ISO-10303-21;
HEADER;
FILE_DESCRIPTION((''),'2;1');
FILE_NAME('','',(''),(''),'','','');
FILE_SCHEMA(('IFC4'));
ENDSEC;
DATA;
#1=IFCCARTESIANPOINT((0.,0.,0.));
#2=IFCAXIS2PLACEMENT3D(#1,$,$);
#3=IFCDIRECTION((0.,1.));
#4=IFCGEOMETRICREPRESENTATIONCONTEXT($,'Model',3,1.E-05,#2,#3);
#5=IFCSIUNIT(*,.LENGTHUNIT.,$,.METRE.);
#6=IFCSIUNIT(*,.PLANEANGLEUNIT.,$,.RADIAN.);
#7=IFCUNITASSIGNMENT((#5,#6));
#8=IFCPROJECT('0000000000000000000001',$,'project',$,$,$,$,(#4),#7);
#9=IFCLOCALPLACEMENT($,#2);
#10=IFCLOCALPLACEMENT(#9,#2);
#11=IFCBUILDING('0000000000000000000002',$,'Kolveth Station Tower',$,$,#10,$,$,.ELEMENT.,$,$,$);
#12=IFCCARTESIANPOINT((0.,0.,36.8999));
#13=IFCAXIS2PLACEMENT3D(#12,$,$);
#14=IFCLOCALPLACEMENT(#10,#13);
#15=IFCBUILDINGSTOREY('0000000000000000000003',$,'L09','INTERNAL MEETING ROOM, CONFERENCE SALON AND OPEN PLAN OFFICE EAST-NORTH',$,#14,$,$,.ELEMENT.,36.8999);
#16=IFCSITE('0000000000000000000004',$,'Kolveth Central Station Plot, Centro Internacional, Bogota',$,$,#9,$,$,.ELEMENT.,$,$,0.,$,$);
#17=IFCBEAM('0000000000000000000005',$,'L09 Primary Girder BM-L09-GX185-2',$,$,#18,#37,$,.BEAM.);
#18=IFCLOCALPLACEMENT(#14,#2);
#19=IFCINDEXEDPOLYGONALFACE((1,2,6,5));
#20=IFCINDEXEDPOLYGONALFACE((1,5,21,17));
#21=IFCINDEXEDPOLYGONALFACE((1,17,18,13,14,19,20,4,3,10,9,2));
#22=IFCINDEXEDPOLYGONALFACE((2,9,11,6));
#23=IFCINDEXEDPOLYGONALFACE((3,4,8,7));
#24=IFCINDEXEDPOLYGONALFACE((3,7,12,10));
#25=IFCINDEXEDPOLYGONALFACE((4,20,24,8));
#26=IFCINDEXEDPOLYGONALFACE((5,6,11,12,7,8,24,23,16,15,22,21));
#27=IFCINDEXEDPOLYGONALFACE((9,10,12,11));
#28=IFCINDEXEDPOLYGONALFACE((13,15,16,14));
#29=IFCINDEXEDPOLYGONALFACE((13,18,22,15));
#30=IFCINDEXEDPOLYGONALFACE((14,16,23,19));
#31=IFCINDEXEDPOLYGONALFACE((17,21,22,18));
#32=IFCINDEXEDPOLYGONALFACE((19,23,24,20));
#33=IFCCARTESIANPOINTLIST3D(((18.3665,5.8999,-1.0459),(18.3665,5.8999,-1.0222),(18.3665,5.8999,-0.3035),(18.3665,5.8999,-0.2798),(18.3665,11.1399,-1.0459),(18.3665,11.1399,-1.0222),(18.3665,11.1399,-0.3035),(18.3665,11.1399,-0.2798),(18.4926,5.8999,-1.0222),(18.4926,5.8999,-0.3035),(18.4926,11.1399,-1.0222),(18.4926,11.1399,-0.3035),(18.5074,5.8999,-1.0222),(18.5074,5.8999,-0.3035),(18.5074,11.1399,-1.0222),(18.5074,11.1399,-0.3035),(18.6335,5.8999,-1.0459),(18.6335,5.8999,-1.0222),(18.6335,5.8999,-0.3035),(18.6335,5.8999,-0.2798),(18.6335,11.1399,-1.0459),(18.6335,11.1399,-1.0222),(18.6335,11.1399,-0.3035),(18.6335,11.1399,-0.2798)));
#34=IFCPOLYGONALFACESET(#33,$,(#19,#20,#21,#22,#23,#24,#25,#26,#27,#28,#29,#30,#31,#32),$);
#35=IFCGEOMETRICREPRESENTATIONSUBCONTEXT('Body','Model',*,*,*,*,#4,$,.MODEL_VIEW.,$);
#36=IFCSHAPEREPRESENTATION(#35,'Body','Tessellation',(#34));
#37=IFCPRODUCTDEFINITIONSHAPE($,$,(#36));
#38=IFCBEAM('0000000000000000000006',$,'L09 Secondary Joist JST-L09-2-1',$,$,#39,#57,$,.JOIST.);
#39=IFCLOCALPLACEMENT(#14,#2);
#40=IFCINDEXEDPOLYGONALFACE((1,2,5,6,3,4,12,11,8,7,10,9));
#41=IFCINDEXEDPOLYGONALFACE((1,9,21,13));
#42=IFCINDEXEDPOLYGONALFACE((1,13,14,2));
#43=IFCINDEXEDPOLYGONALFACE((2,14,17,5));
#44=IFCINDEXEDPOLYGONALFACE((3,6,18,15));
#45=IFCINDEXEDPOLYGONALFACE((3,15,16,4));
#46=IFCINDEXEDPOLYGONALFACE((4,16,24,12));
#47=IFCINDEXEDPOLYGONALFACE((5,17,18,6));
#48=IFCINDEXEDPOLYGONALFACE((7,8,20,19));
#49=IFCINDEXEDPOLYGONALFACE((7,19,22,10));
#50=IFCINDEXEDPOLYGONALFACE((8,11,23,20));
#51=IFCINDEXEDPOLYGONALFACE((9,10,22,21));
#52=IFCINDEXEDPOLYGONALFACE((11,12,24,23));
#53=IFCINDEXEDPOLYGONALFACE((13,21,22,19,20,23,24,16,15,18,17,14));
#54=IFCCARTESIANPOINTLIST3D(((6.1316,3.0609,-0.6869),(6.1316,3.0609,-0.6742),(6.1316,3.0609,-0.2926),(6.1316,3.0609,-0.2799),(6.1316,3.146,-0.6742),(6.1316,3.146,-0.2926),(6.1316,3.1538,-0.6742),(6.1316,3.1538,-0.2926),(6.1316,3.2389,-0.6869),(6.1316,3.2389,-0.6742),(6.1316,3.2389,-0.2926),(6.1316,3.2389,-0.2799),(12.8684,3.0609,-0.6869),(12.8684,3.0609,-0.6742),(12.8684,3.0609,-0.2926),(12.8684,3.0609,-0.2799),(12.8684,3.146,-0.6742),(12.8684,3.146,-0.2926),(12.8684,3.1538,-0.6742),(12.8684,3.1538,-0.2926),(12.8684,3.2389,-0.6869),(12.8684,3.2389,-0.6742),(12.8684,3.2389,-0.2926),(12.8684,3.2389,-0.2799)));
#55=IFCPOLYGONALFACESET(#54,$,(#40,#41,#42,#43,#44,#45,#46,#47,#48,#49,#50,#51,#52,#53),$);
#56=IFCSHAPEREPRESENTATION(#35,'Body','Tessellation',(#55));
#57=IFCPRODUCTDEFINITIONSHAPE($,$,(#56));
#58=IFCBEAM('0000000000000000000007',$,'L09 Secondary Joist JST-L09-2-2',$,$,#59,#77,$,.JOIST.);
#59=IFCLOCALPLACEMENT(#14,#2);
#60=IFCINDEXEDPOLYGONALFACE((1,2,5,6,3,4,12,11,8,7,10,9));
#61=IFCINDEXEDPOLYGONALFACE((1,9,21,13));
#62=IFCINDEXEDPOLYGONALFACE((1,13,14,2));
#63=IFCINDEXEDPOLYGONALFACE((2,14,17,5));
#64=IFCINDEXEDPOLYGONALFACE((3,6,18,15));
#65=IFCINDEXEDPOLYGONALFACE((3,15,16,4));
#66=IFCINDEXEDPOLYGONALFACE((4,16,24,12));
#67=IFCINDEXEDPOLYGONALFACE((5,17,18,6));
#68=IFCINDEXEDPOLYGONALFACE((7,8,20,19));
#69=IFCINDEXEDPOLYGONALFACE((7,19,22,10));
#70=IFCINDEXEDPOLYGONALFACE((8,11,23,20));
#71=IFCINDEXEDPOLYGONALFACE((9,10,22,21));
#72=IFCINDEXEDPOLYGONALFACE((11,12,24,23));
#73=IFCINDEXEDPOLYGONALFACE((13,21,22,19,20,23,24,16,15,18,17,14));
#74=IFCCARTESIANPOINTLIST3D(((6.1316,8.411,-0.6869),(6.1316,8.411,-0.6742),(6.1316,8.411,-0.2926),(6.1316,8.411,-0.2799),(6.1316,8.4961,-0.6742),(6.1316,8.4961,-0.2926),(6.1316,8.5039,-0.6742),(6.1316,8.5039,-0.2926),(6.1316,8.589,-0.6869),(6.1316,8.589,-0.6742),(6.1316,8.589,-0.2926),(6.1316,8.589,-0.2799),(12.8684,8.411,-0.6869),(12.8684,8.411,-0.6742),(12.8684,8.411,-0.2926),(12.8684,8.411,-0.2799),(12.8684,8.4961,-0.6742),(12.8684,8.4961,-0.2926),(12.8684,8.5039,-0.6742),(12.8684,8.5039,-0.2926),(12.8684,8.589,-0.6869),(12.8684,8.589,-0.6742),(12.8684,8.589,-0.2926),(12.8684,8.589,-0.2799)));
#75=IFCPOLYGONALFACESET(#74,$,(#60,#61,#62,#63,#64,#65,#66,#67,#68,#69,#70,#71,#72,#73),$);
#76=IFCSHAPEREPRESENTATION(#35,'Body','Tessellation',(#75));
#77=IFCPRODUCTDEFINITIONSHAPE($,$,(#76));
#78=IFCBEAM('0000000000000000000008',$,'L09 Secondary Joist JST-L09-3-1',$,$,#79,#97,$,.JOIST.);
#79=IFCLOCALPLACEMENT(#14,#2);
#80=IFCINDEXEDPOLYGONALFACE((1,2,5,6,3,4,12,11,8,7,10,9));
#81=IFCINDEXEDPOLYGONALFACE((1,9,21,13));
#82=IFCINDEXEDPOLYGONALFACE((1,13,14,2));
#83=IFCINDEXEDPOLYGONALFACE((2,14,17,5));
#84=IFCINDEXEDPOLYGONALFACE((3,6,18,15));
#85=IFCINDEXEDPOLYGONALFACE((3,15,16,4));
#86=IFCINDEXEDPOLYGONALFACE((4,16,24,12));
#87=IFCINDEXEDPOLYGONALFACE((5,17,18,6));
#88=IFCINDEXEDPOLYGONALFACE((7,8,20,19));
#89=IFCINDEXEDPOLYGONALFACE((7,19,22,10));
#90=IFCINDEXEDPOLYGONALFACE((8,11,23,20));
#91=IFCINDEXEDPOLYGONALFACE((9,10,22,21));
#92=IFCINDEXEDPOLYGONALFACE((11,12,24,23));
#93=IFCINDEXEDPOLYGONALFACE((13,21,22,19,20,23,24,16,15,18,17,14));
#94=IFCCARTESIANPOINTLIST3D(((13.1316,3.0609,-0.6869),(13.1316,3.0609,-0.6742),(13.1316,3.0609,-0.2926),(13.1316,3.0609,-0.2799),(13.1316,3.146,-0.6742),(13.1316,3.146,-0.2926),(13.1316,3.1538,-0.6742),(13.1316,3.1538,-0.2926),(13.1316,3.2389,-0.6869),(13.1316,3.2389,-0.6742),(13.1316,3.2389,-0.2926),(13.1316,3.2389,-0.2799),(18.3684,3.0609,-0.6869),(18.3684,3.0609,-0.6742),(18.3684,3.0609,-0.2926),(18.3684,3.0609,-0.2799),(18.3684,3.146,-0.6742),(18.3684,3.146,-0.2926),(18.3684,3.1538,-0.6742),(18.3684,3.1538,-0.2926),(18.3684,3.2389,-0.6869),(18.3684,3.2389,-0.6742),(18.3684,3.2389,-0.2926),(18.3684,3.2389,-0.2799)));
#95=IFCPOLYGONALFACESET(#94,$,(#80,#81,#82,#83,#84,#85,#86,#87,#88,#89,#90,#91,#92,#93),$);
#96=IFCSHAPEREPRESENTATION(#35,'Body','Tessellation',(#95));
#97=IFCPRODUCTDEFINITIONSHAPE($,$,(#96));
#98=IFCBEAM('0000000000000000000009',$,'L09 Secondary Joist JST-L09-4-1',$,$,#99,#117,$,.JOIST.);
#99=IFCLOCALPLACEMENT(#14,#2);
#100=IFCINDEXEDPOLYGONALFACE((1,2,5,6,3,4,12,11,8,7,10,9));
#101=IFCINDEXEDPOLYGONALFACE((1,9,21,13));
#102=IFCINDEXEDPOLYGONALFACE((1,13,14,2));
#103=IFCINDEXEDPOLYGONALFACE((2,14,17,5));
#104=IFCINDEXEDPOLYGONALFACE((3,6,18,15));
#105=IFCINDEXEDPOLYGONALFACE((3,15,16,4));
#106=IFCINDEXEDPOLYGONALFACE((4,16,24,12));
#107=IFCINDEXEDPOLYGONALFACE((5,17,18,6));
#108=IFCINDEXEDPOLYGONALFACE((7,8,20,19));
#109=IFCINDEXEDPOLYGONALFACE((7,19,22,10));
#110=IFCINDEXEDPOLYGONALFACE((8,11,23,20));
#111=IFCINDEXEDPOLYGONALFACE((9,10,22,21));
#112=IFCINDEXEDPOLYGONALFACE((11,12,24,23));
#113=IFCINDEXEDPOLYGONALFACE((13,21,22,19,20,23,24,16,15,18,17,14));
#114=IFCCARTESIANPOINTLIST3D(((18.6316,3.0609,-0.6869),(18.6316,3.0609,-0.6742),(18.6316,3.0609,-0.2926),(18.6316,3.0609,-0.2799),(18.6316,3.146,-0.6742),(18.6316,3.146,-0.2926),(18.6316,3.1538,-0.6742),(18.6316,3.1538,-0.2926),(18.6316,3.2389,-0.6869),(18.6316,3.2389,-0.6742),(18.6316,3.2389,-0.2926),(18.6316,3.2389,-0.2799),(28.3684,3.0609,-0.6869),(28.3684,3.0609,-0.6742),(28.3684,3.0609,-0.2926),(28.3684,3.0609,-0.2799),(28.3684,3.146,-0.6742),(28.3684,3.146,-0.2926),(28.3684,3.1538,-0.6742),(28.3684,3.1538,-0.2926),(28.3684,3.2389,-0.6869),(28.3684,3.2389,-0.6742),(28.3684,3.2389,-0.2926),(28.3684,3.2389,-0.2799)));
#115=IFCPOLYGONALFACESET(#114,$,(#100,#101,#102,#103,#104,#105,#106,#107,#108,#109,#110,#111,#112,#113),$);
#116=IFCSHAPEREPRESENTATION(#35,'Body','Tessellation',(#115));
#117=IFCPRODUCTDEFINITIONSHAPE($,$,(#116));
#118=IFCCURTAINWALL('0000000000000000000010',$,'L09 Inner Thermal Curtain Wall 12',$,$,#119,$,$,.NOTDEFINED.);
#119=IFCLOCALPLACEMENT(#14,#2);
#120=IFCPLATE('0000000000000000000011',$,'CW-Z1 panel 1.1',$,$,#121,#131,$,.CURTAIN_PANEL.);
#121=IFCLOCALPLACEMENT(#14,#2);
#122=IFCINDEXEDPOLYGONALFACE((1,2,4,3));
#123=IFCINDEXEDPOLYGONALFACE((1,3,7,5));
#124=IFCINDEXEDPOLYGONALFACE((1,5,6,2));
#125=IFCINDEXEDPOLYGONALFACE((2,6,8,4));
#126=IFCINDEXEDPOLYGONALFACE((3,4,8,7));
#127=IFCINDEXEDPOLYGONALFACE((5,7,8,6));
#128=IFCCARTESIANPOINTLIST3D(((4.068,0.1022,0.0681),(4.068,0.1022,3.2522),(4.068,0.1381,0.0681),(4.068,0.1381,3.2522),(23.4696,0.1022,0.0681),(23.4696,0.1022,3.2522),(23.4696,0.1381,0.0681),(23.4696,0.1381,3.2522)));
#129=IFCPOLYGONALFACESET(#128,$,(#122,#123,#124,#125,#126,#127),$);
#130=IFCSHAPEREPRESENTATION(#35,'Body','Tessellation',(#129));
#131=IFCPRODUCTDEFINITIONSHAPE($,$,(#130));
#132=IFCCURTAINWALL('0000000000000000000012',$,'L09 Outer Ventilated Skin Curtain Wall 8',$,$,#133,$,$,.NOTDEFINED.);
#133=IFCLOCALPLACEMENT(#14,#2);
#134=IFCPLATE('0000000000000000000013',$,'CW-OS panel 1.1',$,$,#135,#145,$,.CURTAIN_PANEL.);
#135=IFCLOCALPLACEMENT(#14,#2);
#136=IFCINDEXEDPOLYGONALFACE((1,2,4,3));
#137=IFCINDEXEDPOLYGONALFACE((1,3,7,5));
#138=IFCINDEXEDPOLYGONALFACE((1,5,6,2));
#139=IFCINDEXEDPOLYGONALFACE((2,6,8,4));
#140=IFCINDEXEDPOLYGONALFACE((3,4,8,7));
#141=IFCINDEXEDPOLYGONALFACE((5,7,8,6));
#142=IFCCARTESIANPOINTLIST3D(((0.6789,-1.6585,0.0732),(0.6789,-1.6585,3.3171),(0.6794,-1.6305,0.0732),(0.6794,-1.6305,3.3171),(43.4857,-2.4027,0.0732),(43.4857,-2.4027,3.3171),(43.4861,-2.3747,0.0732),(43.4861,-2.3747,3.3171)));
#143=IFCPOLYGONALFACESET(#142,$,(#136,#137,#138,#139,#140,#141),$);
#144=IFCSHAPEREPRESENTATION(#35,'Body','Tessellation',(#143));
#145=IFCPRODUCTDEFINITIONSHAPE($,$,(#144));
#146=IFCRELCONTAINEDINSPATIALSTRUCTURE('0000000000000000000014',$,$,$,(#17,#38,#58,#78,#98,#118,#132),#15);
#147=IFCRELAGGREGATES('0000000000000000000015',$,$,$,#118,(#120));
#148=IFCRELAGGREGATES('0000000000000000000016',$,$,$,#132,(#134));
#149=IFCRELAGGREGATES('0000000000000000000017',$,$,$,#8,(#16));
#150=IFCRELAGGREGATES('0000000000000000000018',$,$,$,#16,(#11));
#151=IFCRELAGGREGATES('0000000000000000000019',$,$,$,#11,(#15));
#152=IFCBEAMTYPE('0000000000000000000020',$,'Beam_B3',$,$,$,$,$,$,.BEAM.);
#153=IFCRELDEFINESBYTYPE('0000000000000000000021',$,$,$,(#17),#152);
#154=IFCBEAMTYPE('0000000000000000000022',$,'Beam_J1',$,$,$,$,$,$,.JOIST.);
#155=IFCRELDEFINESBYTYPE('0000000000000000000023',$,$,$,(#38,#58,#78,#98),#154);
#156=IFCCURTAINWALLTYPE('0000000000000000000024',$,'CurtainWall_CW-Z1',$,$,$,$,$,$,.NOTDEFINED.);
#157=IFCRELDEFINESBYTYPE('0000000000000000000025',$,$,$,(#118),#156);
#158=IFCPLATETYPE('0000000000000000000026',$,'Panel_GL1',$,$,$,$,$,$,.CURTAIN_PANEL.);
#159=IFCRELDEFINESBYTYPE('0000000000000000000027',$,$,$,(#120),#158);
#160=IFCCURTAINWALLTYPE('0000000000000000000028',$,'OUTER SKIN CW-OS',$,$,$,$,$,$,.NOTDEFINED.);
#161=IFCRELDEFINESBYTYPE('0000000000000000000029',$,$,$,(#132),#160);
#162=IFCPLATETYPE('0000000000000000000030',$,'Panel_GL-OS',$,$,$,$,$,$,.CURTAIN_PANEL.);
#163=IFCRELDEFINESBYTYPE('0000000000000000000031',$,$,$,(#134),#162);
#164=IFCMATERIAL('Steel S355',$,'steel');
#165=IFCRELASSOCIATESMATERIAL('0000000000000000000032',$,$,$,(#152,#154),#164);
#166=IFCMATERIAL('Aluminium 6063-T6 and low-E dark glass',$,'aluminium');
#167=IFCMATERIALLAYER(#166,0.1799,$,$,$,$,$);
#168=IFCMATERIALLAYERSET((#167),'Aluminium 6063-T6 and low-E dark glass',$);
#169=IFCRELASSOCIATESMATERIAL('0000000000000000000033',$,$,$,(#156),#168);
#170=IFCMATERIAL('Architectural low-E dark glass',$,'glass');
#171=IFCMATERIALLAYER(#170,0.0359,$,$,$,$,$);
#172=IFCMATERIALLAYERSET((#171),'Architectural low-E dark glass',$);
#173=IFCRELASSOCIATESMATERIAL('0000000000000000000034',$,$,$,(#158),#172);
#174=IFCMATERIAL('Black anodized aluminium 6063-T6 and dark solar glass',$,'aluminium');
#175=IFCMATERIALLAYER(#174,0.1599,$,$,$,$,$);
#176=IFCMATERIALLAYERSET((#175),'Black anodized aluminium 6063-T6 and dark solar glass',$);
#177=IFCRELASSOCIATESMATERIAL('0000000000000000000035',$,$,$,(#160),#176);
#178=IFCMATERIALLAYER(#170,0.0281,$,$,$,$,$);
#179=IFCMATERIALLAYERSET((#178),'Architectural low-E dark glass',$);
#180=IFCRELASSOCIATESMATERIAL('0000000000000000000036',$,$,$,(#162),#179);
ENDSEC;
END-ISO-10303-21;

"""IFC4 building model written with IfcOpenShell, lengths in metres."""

from ifc_helpers import new_model, si_unit, direction, frame, origin, origin_2d, place, context, subcontext, project, spatial, rectangle, i_section, extrude, source, transform, mapped, material, layer, layer_set, material_profile, profile_set, type_object, element, aggregate, save


model = new_model("IFC4")

# Units and contexts
model_context = context("Model", 3, precision=1e-05, world=origin(), true_north=direction((0.0, 1.0)))
body_context = subcontext(model_context, "Body", "Model", "MODEL_VIEW")
ifc_project = project(units=[si_unit("LENGTHUNIT", "METRE"), si_unit("PLANEANGLEUNIT", "RADIAN")], contexts=[model_context])

# Site, building, storey
site_placement = place(None, origin())
site = spatial("IfcSite", under=ifc_project, at=site_placement, Name="Kolveth Central Station Plot, Centro Internacional, Bogota", CompositionType="ELEMENT", RefElevation=0.0)
building_placement = place(site_placement, origin())
building = spatial("IfcBuilding", under=site, at=building_placement, Name="Kolveth Station Tower", CompositionType="ELEMENT")
storey_placement = place(building_placement, frame((0.0, 0.0, 36.8999)))
storey = spatial("IfcBuildingStorey", under=building, at=storey_placement, Name="L09", Description="INTERNAL MEETING ROOM, CONFERENCE SALON AND OPEN PLAN OFFICE EAST-NORTH", CompositionType="ELEMENT", Elevation=36.8999)

# Shared definitions
ifc_material_1 = material(Name="Steel S355", Category="steel")

# Beams
ifc_material_profile_1 = material_profile(ifc_material_1, i_section(OverallWidth=0.2671, OverallDepth=0.7661, WebThickness=0.0149, FlangeThickness=0.0237, at=origin_2d()), Name="W760x185")
ifc_profile_set_1 = profile_set([ifc_material_profile_1], Name="Steel S355")
beam_type_1 = type_object("IfcBeamType", Name="Beam_B3", PredefinedType="BEAM", material=ifc_profile_set_1)
shared_shape_1 = source(origin(), body_context, "Body", "SweptSolid", [
    extrude(i_section(OverallWidth=0.2671, OverallDepth=0.7661, WebThickness=0.0149, FlangeThickness=0.0237, at=origin_2d()), origin(), (0.0, 0.0, 1.0), 5.24),
])
beam_1_placement = place(storey_placement, frame((18.5, 5.8999, -0.6628), z_axis=(0.0, 1.0, 0.0), x_axis=(-1.0, 0.0, 0.0)))
element("IfcBeam", 1, at=beam_1_placement, inside=storey, type_object=beam_type_1, Name="L09 Primary Girder BM-L09-GX185-2", PredefinedType="BEAM", context=body_context, shape_type="MappedRepresentation", body=[
    mapped(shared_shape_1, transform((0.0, 0.0, 0.0), x_axis=(1.0, 0.0, 0.0), y_axis=(0.0, 1.0, 0.0), z_axis=(0.0, 0.0, 1.0), scale=1.0)),
])
ifc_material_profile_2 = material_profile(ifc_material_1, i_section(OverallWidth=0.178, OverallDepth=0.407, WebThickness=0.0078, FlangeThickness=0.0127, at=origin_2d()), Name="W410x60")
ifc_profile_set_2 = profile_set([ifc_material_profile_2], Name="Steel S355")
beam_type_2 = type_object("IfcBeamType", Name="Beam_J1", PredefinedType="JOIST", material=ifc_profile_set_2)
shared_shape_2 = source(origin(), body_context, "Body", "SweptSolid", [
    extrude(i_section(OverallWidth=0.178, OverallDepth=0.407, WebThickness=0.0078, FlangeThickness=0.0127, at=origin_2d()), origin(), (0.0, 0.0, 1.0), 6.7368),
])
for number, where, z_axis, x_axis, name in (
    (2, (6.1316, 3.1499, -0.4834), (1.0, 0.0, 0.0), (0.0, 1.0, 0.0), "L09 Secondary Joist JST-L09-2-1"),
    (3, (6.1316, 8.5, -0.4834), (1.0, 0.0, 0.0), (0.0, 1.0, 0.0), "L09 Secondary Joist JST-L09-2-2"),
):
    element("IfcBeam", number, at=place(storey_placement, frame(where, z_axis=z_axis, x_axis=x_axis)), inside=storey, type_object=beam_type_2, Name=name, PredefinedType="JOIST", context=body_context, shape_type="MappedRepresentation", body=[
        mapped(shared_shape_2, transform((0.0, 0.0, 0.0), x_axis=(1.0, 0.0, 0.0), y_axis=(0.0, 1.0, 0.0), z_axis=(0.0, 0.0, 1.0), scale=1.0)),
    ])
shared_shape_3 = source(origin(), body_context, "Body", "SweptSolid", [
    extrude(i_section(OverallWidth=0.178, OverallDepth=0.407, WebThickness=0.0078, FlangeThickness=0.0127, at=origin_2d()), origin(), (0.0, 0.0, 1.0), 5.2368),
])
beam_2_placement = place(storey_placement, frame((13.1316, 3.1499, -0.4834), z_axis=(1.0, 0.0, 0.0), x_axis=(0.0, 1.0, 0.0)))
element("IfcBeam", 4, at=beam_2_placement, inside=storey, type_object=beam_type_2, Name="L09 Secondary Joist JST-L09-3-1", PredefinedType="JOIST", context=body_context, shape_type="MappedRepresentation", body=[
    mapped(shared_shape_3, transform((0.0, 0.0, 0.0), x_axis=(1.0, 0.0, 0.0), y_axis=(0.0, 1.0, 0.0), z_axis=(0.0, 0.0, 1.0), scale=1.0)),
])
shared_shape_4 = source(origin(), body_context, "Body", "SweptSolid", [
    extrude(i_section(OverallWidth=0.178, OverallDepth=0.407, WebThickness=0.0078, FlangeThickness=0.0127, at=origin_2d()), origin(), (0.0, 0.0, 1.0), 9.7368),
])
beam_3_placement = place(storey_placement, frame((18.6316, 3.1499, -0.4834), z_axis=(1.0, 0.0, 0.0), x_axis=(0.0, 1.0, 0.0)))
element("IfcBeam", 5, at=beam_3_placement, inside=storey, type_object=beam_type_2, Name="L09 Secondary Joist JST-L09-4-1", PredefinedType="JOIST", context=body_context, shape_type="MappedRepresentation", body=[
    mapped(shared_shape_4, transform((0.0, 0.0, 0.0), x_axis=(1.0, 0.0, 0.0), y_axis=(0.0, 1.0, 0.0), z_axis=(0.0, 0.0, 1.0), scale=1.0)),
])

# Curtain walls, plates
ifc_material_2 = material(Name="Aluminium 6063-T6 and low-E dark glass", Category="aluminium")
ifc_layer_1 = layer(ifc_material_2, 0.1799)
ifc_layer_set_1 = layer_set([ifc_layer_1], Name="Aluminium 6063-T6 and low-E dark glass")
curtain_wall_type_1 = type_object("IfcCurtainWallType", Name="CurtainWall_CW-Z1", PredefinedType="NOTDEFINED", material=ifc_layer_set_1)
curtain_wall_1_placement = place(storey_placement, origin())
curtain_wall_1 = element("IfcCurtainWall", 6, at=curtain_wall_1_placement, inside=storey, type_object=curtain_wall_type_1, Name="L09 Inner Thermal Curtain Wall 12", PredefinedType="NOTDEFINED")
ifc_material_3 = material(Name="Architectural low-E dark glass", Category="glass")
ifc_layer_2 = layer(ifc_material_3, 0.0359)
ifc_layer_set_2 = layer_set([ifc_layer_2], Name="Architectural low-E dark glass")
plate_type_1 = type_object("IfcPlateType", Name="Panel_GL1", PredefinedType="CURTAIN_PANEL", material=ifc_layer_set_2)
shared_shape_5 = source(origin(), body_context, "Body", "SweptSolid", [
    extrude(rectangle(XDim=19.4016, YDim=0.0359, at=origin_2d()), origin(), (0.0, 0.0, 1.0), 3.1841),
])
plate_1_placement = place(storey_placement, frame((13.7688, 0.1201, 0.0681), z_axis=(0.0, 0.0, 1.0), x_axis=(1.0, 0.0, 0.0)))
plate_1 = element("IfcPlate", 7, at=plate_1_placement, type_object=plate_type_1, Name="CW-Z1 panel 1.1", PredefinedType="CURTAIN_PANEL", context=body_context, shape_type="MappedRepresentation", body=[
    mapped(shared_shape_5, transform((0.0, 0.0, 0.0), x_axis=(1.0, 0.0, 0.0), y_axis=(0.0, 1.0, 0.0), z_axis=(0.0, 0.0, 1.0), scale=1.0)),
])
aggregate(curtain_wall_1, [plate_1])
ifc_material_4 = material(Name="Black anodized aluminium 6063-T6 and dark solar glass", Category="aluminium")
ifc_layer_3 = layer(ifc_material_4, 0.1599)
ifc_layer_set_3 = layer_set([ifc_layer_3], Name="Black anodized aluminium 6063-T6 and dark solar glass")
curtain_wall_type_2 = type_object("IfcCurtainWallType", Name="OUTER SKIN CW-OS", PredefinedType="NOTDEFINED", material=ifc_layer_set_3)
curtain_wall_2_placement = place(storey_placement, origin())
curtain_wall_2 = element("IfcCurtainWall", 8, at=curtain_wall_2_placement, inside=storey, type_object=curtain_wall_type_2, Name="L09 Outer Ventilated Skin Curtain Wall 8", PredefinedType="NOTDEFINED")
ifc_layer_4 = layer(ifc_material_3, 0.0281)
ifc_layer_set_4 = layer_set([ifc_layer_4], Name="Architectural low-E dark glass")
plate_type_2 = type_object("IfcPlateType", Name="Panel_GL-OS", PredefinedType="CURTAIN_PANEL", material=ifc_layer_set_4)
shared_shape_6 = source(origin(), body_context, "Body", "SweptSolid", [
    extrude(rectangle(XDim=42.8132, YDim=0.0281, at=origin_2d()), origin(), (0.0, 0.0, 1.0), 3.2439),
])
plate_2_placement = place(storey_placement, frame((22.0825, -2.0166, 0.0732), z_axis=(0.0, 0.0, 1.0), x_axis=(0.999849, -0.017383, 0.0)))
plate_2 = element("IfcPlate", 9, at=plate_2_placement, type_object=plate_type_2, Name="CW-OS panel 1.1", PredefinedType="CURTAIN_PANEL", context=body_context, shape_type="MappedRepresentation", body=[
    mapped(shared_shape_6, transform((0.0, 0.0, 0.0), x_axis=(1.0, 0.0, 0.0), y_axis=(0.0, 1.0, 0.0), z_axis=(0.0, 0.0, 1.0), scale=1.0)),
])
aggregate(curtain_wall_2, [plate_2])

save(model, "model.ifc")
